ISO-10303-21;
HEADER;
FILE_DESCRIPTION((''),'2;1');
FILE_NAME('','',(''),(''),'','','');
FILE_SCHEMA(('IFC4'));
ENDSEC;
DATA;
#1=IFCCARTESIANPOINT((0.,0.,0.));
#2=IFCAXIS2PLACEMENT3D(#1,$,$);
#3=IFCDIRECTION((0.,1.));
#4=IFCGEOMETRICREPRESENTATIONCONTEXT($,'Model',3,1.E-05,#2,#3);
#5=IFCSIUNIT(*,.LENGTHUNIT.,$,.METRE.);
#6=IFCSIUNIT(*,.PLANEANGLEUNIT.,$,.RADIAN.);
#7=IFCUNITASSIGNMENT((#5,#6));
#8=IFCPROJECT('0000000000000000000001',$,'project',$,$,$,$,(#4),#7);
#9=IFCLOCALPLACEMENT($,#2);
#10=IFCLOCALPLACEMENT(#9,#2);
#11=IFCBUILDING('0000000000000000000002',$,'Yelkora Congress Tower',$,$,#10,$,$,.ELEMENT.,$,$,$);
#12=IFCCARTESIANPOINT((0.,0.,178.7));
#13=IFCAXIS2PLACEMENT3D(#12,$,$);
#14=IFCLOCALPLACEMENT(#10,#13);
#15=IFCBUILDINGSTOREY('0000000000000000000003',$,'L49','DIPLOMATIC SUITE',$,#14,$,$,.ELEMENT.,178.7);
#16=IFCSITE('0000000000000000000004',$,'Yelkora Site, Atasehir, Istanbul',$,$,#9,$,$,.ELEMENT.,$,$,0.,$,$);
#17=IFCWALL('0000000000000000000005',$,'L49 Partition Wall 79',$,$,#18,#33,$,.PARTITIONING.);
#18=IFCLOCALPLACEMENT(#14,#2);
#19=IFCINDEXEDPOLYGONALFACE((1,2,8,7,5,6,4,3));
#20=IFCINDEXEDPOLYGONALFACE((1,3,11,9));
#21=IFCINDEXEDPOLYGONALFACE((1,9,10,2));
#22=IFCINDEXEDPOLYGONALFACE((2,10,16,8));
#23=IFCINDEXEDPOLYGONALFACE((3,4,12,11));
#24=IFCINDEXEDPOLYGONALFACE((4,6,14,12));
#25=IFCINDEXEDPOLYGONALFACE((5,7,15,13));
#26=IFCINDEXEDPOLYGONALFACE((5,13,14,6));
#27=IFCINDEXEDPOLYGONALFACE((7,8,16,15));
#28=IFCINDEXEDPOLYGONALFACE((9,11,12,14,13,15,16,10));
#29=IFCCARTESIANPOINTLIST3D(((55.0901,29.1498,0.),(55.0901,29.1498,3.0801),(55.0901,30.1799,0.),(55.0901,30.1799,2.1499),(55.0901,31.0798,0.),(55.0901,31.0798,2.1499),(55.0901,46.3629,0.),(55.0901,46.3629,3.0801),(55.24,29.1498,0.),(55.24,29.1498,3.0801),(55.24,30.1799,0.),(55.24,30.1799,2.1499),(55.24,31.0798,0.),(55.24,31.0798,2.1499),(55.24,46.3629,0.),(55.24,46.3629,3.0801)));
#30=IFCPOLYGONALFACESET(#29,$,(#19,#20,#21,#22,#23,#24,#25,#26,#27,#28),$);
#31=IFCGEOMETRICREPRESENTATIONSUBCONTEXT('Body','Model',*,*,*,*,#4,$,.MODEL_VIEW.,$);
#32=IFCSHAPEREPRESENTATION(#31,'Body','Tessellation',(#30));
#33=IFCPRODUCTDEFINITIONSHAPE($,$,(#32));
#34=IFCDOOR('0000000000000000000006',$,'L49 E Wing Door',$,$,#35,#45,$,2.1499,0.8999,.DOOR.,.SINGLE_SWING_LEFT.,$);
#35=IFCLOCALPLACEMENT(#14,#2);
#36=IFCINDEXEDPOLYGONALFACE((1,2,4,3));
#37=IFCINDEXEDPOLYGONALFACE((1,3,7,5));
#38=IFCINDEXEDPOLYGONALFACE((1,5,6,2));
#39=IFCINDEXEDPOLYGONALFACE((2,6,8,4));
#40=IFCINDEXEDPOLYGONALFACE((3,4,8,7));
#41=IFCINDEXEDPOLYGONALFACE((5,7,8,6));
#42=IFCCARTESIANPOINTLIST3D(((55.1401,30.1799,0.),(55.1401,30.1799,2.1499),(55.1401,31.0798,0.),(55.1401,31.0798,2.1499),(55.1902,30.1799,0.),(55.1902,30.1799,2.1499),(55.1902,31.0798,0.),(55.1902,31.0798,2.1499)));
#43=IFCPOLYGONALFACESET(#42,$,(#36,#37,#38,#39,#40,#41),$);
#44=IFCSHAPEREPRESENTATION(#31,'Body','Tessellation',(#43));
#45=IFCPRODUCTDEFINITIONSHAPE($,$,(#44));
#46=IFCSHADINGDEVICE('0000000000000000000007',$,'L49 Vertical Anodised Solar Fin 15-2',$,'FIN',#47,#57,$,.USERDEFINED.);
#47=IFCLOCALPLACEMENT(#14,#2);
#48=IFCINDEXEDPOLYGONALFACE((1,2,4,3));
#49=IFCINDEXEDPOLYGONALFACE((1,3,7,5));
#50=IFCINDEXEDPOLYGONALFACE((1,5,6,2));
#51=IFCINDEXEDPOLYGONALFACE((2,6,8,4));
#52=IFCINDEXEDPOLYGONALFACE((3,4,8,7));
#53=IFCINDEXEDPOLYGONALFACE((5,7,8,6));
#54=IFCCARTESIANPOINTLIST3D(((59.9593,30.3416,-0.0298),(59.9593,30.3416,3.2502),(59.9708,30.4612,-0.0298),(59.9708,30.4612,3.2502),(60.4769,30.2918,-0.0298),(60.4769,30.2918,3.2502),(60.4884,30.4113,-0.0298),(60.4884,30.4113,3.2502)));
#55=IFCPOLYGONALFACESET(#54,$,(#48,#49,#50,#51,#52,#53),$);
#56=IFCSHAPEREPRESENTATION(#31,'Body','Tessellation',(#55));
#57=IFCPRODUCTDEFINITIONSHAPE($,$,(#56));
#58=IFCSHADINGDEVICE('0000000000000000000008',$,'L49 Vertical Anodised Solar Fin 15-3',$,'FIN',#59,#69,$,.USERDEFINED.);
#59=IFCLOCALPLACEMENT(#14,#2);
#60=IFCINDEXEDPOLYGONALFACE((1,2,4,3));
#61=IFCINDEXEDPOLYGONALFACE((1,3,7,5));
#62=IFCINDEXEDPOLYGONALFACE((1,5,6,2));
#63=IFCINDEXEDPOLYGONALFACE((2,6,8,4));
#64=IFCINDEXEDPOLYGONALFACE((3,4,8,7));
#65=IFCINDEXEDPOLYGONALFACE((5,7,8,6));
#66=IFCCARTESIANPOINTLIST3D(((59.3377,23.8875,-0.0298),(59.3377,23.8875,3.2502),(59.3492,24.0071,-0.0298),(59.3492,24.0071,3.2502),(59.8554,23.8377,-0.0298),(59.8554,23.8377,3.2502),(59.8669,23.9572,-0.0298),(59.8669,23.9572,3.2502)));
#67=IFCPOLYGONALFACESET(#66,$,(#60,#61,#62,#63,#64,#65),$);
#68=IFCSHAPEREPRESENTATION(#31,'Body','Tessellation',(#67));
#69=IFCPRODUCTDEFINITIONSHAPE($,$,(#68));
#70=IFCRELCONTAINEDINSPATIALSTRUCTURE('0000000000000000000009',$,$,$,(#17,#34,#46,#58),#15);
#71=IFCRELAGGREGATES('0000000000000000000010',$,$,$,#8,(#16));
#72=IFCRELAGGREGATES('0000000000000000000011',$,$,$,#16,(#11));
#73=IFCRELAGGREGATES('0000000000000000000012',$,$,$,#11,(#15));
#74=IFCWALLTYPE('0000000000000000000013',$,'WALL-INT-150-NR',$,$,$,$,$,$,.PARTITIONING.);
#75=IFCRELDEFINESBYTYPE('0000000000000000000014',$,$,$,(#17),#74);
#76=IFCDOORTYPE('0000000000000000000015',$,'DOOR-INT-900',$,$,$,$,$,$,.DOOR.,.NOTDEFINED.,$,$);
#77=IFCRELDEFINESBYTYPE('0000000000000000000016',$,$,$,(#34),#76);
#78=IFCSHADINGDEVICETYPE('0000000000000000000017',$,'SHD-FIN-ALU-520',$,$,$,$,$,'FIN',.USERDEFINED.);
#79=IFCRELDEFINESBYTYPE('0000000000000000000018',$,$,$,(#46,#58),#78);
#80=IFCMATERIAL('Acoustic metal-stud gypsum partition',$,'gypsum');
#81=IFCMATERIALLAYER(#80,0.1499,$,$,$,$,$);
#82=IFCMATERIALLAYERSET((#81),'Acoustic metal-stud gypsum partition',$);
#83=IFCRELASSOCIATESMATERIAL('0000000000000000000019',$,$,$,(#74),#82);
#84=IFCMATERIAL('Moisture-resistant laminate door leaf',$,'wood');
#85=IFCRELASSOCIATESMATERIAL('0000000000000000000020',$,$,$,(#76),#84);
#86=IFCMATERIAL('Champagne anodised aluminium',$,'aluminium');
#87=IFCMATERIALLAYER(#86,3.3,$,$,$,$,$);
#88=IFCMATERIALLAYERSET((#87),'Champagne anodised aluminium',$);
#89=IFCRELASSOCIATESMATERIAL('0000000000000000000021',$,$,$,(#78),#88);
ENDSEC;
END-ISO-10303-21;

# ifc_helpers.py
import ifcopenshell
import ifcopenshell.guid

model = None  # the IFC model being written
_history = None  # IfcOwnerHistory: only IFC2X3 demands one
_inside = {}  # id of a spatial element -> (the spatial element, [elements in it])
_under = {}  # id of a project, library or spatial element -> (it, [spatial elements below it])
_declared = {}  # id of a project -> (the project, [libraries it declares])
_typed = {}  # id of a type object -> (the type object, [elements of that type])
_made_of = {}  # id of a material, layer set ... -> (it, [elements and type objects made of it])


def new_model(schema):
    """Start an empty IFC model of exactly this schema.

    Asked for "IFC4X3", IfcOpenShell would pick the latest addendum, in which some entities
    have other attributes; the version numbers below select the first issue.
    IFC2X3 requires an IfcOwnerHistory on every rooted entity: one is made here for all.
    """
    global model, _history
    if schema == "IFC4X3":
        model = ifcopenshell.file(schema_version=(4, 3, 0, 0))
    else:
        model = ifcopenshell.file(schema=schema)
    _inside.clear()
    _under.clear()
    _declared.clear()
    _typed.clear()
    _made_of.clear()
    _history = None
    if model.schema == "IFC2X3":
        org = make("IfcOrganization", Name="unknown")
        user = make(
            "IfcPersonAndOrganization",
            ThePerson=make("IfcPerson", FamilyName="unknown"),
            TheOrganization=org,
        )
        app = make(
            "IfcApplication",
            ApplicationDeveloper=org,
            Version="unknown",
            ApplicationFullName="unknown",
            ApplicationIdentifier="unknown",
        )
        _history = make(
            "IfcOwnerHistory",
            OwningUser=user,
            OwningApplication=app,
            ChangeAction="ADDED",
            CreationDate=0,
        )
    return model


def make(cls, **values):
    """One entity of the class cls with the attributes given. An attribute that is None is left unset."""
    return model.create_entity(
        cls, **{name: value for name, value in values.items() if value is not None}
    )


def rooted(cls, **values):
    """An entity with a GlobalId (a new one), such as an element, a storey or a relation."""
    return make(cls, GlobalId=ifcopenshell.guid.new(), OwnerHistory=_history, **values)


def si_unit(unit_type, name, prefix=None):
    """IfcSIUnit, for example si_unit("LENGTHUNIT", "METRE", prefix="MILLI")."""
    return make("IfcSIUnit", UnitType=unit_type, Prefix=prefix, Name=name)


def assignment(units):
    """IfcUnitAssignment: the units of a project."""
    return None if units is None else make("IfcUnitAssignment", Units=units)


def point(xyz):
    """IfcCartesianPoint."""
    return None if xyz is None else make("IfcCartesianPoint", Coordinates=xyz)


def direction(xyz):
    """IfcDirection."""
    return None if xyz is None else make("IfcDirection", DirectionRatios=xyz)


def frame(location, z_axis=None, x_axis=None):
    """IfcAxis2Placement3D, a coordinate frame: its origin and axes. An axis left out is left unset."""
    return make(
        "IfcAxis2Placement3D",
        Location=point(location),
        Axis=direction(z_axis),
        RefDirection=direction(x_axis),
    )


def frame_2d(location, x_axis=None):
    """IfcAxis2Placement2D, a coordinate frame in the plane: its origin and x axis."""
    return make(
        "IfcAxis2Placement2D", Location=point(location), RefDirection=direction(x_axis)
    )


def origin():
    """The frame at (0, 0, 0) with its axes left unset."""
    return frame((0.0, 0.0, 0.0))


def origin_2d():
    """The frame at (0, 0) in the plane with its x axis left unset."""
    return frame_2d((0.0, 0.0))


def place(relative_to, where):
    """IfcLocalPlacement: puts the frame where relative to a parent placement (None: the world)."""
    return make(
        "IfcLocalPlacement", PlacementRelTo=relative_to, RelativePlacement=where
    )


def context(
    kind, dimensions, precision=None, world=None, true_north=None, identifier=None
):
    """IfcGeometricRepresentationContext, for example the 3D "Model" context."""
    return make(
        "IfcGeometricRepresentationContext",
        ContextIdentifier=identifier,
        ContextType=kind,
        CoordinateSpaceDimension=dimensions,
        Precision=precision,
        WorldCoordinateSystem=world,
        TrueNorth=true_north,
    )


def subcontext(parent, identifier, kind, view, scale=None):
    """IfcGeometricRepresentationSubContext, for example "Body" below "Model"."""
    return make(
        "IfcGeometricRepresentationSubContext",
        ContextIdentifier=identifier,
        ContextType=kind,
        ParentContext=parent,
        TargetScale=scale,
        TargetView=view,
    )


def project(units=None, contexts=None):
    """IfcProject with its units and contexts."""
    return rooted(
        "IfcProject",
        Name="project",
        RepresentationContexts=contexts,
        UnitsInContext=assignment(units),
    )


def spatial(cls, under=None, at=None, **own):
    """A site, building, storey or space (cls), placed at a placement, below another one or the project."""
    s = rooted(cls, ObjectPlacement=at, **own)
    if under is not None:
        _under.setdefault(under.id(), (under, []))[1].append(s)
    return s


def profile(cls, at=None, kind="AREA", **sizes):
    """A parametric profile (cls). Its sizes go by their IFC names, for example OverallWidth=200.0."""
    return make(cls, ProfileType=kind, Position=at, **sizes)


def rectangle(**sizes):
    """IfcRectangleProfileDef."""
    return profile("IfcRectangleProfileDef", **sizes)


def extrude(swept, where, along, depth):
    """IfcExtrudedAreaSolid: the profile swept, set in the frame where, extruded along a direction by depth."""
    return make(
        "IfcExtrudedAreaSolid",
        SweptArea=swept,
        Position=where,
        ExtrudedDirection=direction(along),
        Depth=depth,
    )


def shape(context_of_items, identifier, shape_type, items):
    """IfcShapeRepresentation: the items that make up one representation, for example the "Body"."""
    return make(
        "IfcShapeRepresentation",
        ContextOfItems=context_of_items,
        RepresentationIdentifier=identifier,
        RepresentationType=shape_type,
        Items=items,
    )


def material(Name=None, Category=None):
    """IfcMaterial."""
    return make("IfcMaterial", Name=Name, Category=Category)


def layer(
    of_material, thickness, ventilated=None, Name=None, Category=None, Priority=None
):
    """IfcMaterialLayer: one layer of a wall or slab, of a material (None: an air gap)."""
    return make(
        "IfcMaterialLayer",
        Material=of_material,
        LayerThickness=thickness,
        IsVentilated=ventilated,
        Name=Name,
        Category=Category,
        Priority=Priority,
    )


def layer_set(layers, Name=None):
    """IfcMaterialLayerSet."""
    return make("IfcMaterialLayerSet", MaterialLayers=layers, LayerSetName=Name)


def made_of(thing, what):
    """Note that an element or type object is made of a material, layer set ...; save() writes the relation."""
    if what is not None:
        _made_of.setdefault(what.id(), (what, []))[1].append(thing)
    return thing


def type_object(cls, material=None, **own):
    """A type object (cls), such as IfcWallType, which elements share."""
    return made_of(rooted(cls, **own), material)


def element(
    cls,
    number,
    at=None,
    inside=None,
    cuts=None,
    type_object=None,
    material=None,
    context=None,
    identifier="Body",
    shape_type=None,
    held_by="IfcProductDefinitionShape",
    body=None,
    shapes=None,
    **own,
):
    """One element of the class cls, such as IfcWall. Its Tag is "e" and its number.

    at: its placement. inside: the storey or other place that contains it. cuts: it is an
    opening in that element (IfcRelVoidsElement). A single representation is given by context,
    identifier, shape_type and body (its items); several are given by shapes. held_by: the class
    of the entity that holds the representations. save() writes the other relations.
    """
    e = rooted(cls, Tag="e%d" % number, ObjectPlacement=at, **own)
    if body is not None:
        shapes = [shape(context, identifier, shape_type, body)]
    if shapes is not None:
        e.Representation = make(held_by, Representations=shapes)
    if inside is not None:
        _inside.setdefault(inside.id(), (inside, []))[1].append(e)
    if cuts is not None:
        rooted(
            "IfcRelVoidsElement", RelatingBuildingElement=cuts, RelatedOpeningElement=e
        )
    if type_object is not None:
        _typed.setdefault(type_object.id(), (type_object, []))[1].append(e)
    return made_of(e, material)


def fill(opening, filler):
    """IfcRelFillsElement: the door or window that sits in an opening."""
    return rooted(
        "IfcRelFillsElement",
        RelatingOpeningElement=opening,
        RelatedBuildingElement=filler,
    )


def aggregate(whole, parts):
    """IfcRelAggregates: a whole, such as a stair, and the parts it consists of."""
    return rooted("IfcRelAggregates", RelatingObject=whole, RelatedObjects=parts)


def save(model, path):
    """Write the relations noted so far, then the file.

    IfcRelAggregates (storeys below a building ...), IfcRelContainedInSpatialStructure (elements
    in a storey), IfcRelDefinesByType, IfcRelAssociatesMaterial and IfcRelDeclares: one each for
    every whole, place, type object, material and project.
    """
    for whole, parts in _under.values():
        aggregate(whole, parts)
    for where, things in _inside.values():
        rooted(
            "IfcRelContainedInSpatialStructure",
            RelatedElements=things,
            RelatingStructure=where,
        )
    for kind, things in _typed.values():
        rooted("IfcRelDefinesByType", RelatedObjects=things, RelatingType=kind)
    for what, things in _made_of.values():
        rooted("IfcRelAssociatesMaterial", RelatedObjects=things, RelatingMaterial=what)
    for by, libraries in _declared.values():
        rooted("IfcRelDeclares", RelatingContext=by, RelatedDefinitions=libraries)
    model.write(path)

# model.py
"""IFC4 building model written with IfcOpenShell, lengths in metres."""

from ifc_helpers import new_model, si_unit, direction, frame, frame_2d, origin, origin_2d, place, context, subcontext, project, spatial, rectangle, extrude, material, layer, layer_set, type_object, element, fill, save


model = new_model("IFC4")

# Units and contexts
model_context = context("Model", 3, precision=1e-05, world=origin(), true_north=direction((0.0, 1.0)))
body_context = subcontext(model_context, "Body", "Model", "MODEL_VIEW")
ifc_project = project(units=[si_unit("LENGTHUNIT", "METRE"), si_unit("PLANEANGLEUNIT", "RADIAN")], contexts=[model_context])

# Site, building, storey
site_placement = place(None, origin())
site = spatial("IfcSite", under=ifc_project, at=site_placement, Name="Yelkora Site, Atasehir, Istanbul", CompositionType="ELEMENT", RefElevation=0.0)
building_placement = place(site_placement, origin())
building = spatial("IfcBuilding", under=site, at=building_placement, Name="Yelkora Congress Tower", CompositionType="ELEMENT")
storey_placement = place(building_placement, frame((0.0, 0.0, 178.7)))
storey = spatial("IfcBuildingStorey", under=building, at=storey_placement, Name="L49", Description="DIPLOMATIC SUITE", CompositionType="ELEMENT", Elevation=178.7)

# Wall, opening, door
ifc_material_1 = material(Name="Acoustic metal-stud gypsum partition", Category="gypsum")
ifc_layer_1 = layer(ifc_material_1, 0.1499)
ifc_layer_set_1 = layer_set([ifc_layer_1], Name="Acoustic metal-stud gypsum partition")
wall_type_1 = type_object("IfcWallType", Name="WALL-INT-150-NR", PredefinedType="PARTITIONING", material=ifc_layer_set_1)
wall_1_placement = place(storey_placement, frame((55.165, 29.1499, 0.0), z_axis=(0.0, 0.0, 1.0), x_axis=(0.0, 1.0, 0.0)))
wall_1 = element("IfcWall", 1, at=wall_1_placement, inside=storey, type_object=wall_type_1, Name="L49 Partition Wall 79", PredefinedType="PARTITIONING", context=body_context, shape_type="SweptSolid", body=[
    extrude(rectangle(XDim=17.2131, YDim=0.1499, at=frame_2d((8.6064, 0.0))), origin(), (0.0, 0.0, 1.0), 3.0801),
])
opening_1_placement = place(wall_1_placement, frame((1.03, 0.0, 0.0)))
opening_1 = element("IfcOpeningElement", 2, at=opening_1_placement, cuts=wall_1, PredefinedType="OPENING", context=body_context, shape_type="SweptSolid", body=[
    extrude(rectangle(XDim=0.8999, YDim=2.1499, at=frame_2d((0.45, 1.075))), frame((0.0, 0.085, 0.0), z_axis=(0.0, -1.0, 0.0), x_axis=(1.0, 0.0, 0.0)), (0.0, 0.0, 1.0), 0.1699),
])
ifc_material_2 = material(Name="Moisture-resistant laminate door leaf", Category="wood")
door_type_1 = type_object("IfcDoorType", Name="DOOR-INT-900", OperationType="NOTDEFINED", PredefinedType="DOOR", material=ifc_material_2)
door_1_placement = place(opening_1_placement, origin())
door_1 = element("IfcDoor", 3, at=door_1_placement, inside=storey, type_object=door_type_1, Name="L49 E Wing Door", OperationType="SINGLE_SWING_LEFT", OverallHeight=2.1499, OverallWidth=0.8999, PredefinedType="DOOR", context=body_context, shape_type="SweptSolid", body=[
    extrude(rectangle(XDim=0.8999, YDim=2.1499, at=frame_2d((0.45, 1.075))), frame((0.0, 0.0249, 0.0), z_axis=(0.0, -1.0, 0.0), x_axis=(1.0, 0.0, 0.0)), (0.0, 0.0, 1.0), 0.05),
])
fill(opening_1, door_1)

# Shading devices
ifc_material_3 = material(Name="Champagne anodised aluminium", Category="aluminium")
ifc_layer_2 = layer(ifc_material_3, 3.3)
ifc_layer_set_2 = layer_set([ifc_layer_2], Name="Champagne anodised aluminium")
shading_device_type = type_object("IfcShadingDeviceType", Name="SHD-FIN-ALU-520", ElementType="FIN", PredefinedType="USERDEFINED", material=ifc_layer_set_2)
for number, where, z_axis, x_axis, name in (
    (4, (60.2239, 30.3765, -0.0298), (0.0, 0.0, 1.0), (-0.095846, -0.995396, 0.0), "L49 Vertical Anodised Solar Fin 15-2"),
    (5, (59.6023, 23.9224, -0.0298), (0.0, 0.0, 1.0), (-0.095846, -0.995396, 0.0), "L49 Vertical Anodised Solar Fin 15-3"),
):
    element("IfcShadingDevice", number, at=place(storey_placement, frame(where, z_axis=z_axis, x_axis=x_axis)), inside=storey, type_object=shading_device_type, Name=name, ObjectType="FIN", PredefinedType="USERDEFINED", context=body_context, shape_type="SweptSolid", body=[
        extrude(rectangle(XDim=0.1201, YDim=0.52, at=origin_2d()), origin(), (0.0, 0.0, 1.0), 3.28),
    ])

save(model, "model.ifc")
